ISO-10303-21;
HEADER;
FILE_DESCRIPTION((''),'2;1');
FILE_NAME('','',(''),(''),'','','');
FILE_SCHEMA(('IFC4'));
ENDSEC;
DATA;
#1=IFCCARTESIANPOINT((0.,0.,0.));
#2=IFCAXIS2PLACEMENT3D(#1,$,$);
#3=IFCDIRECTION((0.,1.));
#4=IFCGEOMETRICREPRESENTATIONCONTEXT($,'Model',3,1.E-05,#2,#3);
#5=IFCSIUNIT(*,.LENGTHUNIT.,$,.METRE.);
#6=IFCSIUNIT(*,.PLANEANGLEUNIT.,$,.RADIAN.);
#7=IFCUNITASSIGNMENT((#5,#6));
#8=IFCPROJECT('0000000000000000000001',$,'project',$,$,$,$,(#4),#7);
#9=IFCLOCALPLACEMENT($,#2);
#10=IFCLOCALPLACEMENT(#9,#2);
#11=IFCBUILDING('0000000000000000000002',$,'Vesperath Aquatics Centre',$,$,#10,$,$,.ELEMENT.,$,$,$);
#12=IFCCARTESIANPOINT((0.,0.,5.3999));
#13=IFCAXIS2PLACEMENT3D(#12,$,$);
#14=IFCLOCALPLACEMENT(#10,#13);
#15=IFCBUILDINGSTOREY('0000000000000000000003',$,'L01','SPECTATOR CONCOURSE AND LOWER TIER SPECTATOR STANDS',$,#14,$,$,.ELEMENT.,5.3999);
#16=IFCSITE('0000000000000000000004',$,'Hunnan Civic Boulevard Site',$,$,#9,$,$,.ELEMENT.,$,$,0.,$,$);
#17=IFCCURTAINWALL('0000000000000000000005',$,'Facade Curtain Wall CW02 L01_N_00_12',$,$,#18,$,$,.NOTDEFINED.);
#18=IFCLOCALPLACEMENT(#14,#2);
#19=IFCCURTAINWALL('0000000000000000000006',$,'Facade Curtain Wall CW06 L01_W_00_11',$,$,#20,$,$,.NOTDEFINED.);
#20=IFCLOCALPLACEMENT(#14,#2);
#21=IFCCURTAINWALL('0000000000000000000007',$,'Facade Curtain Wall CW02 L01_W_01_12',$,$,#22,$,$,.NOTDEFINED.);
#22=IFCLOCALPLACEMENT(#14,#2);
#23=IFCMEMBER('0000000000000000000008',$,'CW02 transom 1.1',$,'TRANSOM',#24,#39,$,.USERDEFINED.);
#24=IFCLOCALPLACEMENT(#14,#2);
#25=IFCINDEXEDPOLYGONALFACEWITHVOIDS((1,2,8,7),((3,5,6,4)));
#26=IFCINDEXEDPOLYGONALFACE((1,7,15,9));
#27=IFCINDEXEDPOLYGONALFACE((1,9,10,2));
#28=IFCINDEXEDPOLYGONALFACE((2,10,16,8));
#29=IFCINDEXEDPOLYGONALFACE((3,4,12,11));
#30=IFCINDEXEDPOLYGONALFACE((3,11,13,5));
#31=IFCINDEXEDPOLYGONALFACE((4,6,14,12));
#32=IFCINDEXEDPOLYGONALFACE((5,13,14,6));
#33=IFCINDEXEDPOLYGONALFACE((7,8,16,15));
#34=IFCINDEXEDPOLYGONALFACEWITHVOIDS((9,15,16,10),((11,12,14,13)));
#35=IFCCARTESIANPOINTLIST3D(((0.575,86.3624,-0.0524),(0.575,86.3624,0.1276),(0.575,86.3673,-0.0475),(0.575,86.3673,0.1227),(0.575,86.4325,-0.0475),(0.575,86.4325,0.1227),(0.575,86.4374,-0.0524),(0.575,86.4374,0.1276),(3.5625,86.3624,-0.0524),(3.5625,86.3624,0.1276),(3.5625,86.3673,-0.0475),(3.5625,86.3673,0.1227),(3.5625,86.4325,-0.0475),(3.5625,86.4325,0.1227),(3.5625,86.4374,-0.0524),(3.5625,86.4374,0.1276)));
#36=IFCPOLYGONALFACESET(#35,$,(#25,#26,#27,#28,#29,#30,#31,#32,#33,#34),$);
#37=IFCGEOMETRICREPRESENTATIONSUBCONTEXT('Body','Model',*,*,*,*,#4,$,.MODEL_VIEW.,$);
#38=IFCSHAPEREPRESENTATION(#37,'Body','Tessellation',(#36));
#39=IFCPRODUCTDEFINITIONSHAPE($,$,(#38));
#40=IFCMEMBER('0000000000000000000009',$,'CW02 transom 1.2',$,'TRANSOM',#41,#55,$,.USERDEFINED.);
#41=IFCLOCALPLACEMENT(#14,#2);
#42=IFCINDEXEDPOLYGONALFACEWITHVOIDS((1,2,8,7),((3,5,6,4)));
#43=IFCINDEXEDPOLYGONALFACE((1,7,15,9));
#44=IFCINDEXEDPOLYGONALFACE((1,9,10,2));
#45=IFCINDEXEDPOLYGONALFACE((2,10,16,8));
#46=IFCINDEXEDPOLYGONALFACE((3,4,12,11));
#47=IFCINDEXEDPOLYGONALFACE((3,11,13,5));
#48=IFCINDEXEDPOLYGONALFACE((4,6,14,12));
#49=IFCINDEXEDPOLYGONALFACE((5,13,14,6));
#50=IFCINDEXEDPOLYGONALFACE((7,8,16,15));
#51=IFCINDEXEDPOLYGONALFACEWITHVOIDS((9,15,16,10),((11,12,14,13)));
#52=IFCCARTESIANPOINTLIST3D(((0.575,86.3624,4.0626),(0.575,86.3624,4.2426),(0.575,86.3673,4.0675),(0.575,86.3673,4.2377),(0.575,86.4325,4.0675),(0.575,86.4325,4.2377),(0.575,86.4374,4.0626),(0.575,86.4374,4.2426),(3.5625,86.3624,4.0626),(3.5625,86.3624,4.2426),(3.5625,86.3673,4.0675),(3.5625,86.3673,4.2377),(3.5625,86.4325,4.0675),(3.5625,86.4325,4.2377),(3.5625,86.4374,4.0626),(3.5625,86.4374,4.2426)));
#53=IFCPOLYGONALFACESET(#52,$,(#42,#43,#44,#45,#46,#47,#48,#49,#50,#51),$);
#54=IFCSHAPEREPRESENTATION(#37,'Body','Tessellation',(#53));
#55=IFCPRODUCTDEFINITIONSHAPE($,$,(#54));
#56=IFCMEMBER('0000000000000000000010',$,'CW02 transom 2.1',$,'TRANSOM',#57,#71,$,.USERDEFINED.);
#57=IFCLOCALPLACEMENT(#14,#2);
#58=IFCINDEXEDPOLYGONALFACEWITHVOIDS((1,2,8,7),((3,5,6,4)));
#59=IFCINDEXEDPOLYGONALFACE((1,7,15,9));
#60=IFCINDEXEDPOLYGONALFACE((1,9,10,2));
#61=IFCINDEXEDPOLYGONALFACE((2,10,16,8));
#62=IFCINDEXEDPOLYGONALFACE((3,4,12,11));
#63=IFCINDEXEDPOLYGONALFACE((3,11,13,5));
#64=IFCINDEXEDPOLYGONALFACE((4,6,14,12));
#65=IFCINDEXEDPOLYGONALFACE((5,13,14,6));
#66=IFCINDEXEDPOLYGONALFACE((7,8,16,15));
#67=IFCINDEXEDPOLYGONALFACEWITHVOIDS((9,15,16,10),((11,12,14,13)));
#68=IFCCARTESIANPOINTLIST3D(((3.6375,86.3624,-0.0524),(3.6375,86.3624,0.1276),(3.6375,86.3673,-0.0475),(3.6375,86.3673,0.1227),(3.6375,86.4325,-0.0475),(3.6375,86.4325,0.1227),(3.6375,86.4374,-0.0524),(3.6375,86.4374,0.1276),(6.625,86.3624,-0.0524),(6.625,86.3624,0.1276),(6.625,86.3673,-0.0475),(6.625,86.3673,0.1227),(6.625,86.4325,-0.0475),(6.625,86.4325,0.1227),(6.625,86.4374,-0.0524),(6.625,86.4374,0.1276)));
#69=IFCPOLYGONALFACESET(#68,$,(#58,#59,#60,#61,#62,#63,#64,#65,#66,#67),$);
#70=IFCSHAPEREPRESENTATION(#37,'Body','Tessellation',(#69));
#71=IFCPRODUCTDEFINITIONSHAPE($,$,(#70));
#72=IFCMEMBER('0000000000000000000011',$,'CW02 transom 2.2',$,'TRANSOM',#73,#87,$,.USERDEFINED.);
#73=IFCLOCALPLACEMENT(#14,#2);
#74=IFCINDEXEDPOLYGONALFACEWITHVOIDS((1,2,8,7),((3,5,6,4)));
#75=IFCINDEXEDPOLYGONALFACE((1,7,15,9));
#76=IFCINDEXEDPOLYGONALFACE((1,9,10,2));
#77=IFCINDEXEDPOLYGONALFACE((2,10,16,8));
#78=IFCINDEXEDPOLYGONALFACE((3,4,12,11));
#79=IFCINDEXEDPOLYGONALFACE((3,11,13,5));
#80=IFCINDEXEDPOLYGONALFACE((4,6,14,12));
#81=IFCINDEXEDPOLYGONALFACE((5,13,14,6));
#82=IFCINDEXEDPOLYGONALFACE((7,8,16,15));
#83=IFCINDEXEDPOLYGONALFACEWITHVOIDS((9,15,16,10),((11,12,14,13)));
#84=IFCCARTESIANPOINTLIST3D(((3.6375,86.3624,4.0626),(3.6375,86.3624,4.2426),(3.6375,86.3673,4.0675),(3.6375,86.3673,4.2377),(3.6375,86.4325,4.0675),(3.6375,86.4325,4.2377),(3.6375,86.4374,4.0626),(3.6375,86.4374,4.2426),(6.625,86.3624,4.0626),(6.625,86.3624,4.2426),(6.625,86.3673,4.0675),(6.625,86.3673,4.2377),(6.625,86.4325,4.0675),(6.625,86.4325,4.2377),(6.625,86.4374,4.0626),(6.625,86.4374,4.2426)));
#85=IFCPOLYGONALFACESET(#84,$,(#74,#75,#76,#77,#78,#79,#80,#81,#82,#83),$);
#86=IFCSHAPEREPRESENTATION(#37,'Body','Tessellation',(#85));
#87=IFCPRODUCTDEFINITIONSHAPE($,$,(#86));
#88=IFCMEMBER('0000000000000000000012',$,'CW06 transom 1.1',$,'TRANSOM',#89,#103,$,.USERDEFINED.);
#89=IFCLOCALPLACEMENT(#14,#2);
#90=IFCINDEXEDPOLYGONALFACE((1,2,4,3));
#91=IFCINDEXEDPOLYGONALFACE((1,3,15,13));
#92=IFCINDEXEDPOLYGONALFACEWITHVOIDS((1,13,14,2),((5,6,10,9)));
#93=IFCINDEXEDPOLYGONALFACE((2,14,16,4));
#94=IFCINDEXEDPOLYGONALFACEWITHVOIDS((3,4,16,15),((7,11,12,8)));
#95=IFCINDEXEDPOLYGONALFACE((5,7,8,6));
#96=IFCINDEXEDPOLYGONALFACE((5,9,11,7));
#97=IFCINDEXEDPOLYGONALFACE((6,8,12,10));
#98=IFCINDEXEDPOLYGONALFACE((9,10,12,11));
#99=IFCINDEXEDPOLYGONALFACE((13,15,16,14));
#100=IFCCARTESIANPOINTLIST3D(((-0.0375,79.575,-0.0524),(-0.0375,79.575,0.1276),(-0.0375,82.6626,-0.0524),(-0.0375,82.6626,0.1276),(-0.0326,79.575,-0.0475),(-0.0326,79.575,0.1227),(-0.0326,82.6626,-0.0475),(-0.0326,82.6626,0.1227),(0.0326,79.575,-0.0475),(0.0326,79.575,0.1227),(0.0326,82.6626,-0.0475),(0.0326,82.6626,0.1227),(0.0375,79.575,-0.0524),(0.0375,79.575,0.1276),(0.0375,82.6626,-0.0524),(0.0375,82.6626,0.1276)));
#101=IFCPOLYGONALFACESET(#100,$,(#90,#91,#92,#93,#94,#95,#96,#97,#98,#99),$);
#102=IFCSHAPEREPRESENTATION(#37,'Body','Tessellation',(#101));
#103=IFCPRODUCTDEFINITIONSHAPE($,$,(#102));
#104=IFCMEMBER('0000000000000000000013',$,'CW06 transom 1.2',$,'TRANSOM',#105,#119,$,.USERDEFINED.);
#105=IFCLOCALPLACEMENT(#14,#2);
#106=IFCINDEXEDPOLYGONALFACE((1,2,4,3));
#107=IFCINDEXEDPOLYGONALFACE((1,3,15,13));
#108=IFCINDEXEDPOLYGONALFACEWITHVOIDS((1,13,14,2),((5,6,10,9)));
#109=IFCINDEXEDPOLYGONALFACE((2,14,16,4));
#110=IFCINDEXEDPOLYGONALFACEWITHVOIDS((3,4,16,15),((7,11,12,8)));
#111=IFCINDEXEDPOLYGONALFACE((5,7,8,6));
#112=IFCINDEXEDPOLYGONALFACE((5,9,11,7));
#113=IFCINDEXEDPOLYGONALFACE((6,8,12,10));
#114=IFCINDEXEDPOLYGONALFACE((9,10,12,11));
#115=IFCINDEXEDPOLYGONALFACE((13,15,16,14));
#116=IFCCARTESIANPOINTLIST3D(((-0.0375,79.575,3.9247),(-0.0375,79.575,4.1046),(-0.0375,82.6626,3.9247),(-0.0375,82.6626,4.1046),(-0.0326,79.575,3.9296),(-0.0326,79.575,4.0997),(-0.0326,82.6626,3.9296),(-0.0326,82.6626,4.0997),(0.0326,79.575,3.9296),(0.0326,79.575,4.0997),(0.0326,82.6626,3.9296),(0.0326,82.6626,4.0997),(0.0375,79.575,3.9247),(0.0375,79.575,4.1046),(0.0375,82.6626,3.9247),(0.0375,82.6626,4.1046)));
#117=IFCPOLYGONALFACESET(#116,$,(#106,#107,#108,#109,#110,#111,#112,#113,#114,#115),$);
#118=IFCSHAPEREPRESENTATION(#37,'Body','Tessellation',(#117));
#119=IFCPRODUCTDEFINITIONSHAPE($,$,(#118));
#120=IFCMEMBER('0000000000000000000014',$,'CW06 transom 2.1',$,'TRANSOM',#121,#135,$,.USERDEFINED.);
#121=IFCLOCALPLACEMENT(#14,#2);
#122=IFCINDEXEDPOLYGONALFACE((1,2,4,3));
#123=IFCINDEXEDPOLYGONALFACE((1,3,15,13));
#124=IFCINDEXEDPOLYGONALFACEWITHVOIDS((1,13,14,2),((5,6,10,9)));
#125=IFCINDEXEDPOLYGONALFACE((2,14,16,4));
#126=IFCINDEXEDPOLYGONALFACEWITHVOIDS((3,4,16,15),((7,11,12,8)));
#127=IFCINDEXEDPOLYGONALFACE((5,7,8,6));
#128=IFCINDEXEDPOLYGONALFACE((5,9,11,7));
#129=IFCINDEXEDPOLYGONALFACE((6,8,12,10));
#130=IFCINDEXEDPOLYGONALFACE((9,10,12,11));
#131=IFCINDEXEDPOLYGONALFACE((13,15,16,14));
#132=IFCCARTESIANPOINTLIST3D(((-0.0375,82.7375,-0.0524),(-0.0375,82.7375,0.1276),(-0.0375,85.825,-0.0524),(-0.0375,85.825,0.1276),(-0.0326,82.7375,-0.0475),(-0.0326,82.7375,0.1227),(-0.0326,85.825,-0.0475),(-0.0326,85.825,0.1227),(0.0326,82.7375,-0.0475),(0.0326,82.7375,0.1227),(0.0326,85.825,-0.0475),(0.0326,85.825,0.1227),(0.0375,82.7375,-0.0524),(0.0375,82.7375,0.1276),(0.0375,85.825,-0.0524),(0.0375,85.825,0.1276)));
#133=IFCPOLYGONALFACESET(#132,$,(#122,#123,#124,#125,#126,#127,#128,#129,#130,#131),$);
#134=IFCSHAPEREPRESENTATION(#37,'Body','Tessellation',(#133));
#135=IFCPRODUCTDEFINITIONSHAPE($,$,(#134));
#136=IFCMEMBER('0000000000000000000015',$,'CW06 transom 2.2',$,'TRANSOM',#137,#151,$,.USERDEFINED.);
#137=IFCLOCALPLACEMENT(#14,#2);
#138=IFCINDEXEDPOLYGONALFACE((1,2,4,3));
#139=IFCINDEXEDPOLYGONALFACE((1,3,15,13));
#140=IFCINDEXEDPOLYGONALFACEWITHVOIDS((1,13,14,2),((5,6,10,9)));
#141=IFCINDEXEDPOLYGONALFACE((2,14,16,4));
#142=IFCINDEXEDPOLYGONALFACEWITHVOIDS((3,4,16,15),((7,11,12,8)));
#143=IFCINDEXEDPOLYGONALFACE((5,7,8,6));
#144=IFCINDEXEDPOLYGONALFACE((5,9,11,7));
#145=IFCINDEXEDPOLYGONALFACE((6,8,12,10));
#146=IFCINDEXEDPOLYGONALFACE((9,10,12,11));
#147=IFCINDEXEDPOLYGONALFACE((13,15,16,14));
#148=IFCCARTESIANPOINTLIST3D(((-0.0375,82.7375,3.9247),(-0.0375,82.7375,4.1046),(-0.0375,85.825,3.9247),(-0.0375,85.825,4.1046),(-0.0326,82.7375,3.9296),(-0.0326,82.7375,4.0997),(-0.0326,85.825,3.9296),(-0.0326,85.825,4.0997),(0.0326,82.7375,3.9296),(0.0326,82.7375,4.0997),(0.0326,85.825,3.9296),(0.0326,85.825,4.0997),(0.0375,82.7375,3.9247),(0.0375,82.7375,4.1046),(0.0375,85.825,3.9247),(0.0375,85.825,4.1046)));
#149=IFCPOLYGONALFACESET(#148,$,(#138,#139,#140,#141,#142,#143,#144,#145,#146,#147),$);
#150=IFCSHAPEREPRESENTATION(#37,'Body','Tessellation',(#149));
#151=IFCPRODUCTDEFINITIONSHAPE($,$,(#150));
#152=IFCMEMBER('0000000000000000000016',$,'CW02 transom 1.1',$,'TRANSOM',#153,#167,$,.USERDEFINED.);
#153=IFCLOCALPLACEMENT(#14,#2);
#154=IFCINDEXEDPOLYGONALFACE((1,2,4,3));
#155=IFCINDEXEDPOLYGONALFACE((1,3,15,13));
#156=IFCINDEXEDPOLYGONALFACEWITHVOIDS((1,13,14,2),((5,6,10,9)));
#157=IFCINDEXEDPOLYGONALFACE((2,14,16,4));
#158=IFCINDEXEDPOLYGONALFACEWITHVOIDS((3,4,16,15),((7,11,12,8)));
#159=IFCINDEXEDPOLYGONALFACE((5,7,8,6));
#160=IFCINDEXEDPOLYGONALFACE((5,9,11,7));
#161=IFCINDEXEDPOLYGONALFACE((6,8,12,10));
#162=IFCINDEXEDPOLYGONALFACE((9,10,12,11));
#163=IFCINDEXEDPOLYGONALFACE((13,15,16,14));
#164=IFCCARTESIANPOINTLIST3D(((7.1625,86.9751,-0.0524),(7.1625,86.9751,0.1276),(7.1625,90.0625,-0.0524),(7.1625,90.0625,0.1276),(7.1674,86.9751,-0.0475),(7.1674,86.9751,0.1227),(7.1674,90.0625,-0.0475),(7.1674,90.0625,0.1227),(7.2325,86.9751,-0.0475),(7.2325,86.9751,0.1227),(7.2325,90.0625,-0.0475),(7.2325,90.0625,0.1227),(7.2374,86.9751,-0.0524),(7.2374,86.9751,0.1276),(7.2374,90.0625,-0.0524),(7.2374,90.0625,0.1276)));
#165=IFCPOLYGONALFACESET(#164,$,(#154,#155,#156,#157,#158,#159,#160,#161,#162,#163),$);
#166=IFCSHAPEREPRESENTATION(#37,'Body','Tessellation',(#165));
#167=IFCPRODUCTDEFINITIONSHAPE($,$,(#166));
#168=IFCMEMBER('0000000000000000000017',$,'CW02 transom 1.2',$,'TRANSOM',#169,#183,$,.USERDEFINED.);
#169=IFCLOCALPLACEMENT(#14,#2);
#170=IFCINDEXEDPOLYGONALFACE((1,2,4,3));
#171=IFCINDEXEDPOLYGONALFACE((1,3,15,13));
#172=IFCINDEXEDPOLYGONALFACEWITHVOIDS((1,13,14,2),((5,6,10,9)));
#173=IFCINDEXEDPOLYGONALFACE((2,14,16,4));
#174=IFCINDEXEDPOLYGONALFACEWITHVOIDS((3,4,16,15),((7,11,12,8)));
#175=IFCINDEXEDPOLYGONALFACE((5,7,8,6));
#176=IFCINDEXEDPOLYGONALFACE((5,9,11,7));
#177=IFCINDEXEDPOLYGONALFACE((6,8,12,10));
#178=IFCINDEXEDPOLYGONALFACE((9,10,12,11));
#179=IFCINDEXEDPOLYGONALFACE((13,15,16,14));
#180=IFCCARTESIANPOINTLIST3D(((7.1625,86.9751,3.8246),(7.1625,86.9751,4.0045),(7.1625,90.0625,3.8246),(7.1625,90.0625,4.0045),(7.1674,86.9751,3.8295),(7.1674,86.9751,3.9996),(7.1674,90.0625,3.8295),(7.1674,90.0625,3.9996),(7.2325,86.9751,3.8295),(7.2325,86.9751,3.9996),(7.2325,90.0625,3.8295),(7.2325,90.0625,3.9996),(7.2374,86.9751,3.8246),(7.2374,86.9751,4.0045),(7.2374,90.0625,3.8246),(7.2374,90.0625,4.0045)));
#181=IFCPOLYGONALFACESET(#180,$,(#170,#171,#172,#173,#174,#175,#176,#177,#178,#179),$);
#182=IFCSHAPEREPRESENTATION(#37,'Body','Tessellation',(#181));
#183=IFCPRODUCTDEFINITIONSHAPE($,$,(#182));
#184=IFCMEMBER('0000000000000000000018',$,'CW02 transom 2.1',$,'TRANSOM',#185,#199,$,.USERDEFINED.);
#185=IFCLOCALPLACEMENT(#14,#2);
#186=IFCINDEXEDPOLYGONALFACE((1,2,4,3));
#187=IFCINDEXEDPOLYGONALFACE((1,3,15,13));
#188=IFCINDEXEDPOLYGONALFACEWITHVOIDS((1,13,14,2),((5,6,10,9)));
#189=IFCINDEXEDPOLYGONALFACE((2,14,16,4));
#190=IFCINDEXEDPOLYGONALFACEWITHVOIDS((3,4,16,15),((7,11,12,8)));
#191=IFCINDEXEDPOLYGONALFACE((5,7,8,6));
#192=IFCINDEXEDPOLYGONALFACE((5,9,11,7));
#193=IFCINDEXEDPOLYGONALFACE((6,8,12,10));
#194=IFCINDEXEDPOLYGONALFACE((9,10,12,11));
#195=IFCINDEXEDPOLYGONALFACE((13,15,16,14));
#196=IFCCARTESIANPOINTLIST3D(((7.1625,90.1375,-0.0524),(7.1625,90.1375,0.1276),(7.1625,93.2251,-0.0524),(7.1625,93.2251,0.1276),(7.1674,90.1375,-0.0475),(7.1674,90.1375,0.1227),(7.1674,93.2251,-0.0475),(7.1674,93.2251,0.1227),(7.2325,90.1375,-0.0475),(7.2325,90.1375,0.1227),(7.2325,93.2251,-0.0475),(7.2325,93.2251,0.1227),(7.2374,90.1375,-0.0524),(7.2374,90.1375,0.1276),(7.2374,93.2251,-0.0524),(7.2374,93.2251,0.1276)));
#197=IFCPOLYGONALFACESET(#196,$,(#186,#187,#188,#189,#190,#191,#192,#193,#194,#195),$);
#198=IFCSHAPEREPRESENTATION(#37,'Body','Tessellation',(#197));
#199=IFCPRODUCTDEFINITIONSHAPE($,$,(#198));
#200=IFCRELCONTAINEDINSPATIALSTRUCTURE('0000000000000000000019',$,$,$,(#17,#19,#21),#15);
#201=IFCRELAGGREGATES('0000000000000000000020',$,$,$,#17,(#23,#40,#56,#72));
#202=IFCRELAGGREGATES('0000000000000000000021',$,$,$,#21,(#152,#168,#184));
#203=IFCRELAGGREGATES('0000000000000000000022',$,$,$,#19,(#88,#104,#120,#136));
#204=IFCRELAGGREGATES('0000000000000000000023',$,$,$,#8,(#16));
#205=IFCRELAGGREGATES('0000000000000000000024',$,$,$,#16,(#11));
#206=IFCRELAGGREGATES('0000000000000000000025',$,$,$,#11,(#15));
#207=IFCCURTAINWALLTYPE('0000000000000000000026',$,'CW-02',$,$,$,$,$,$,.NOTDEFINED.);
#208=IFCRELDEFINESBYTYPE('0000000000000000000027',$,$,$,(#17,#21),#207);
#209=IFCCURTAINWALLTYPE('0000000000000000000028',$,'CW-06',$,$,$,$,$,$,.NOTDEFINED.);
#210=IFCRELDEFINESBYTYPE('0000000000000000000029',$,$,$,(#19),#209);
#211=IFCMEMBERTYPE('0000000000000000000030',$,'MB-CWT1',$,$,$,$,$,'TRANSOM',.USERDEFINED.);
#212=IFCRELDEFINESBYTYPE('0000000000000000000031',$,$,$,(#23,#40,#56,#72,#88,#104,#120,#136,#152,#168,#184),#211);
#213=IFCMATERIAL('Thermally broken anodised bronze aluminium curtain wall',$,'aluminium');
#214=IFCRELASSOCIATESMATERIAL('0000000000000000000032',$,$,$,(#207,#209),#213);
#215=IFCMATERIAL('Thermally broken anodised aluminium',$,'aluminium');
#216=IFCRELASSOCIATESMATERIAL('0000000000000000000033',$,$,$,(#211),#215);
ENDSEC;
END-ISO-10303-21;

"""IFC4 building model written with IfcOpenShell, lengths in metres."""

from ifc_helpers import new_model, si_unit, direction, frame, origin, origin_2d, place, context, subcontext, project, spatial, hollow_rectangle, extrude, material, material_profile, profile_set, type_object, element, aggregate, save


model = new_model("IFC4")

# Units and contexts
model_context = context("Model", 3, precision=1e-05, world=origin(), true_north=direction((0.0, 1.0)))
body_context = subcontext(model_context, "Body", "Model", "MODEL_VIEW")
ifc_project = project(units=[si_unit("LENGTHUNIT", "METRE"), si_unit("PLANEANGLEUNIT", "RADIAN")], contexts=[model_context])

# Site, building, storey
site_placement = place(None, origin())
site = spatial("IfcSite", under=ifc_project, at=site_placement, Name="Hunnan Civic Boulevard Site", CompositionType="ELEMENT", RefElevation=0.0)
building_placement = place(site_placement, origin())
building = spatial("IfcBuilding", under=site, at=building_placement, Name="Vesperath Aquatics Centre", CompositionType="ELEMENT")
storey_placement = place(building_placement, frame((0.0, 0.0, 5.3999)))
storey = spatial("IfcBuildingStorey", under=building, at=storey_placement, Name="L01", Description="SPECTATOR CONCOURSE AND LOWER TIER SPECTATOR STANDS", CompositionType="ELEMENT", Elevation=5.3999)

# Curtain walls
ifc_material_1 = material(Name="Thermally broken anodised bronze aluminium curtain wall", Category="aluminium")
curtain_wall_type_1 = type_object("IfcCurtainWallType", Name="CW-02", PredefinedType="NOTDEFINED", material=ifc_material_1)
curtain_wall_1_placement = place(storey_placement, origin())
curtain_wall_1 = element("IfcCurtainWall", 1, at=curtain_wall_1_placement, inside=storey, type_object=curtain_wall_type_1, Name="Facade Curtain Wall CW02 L01_N_00_12", PredefinedType="NOTDEFINED")
ifc_material_2 = material(Name="Thermally broken anodised aluminium", Category="aluminium")
curtain_wall_type_2 = type_object("IfcCurtainWallType", Name="CW-06", PredefinedType="NOTDEFINED", material=ifc_material_1)
curtain_wall_2_placement = place(storey_placement, origin())
curtain_wall_2 = element("IfcCurtainWall", 2, at=curtain_wall_2_placement, inside=storey, type_object=curtain_wall_type_2, Name="Facade Curtain Wall CW06 L01_W_00_11", PredefinedType="NOTDEFINED")
curtain_wall_3_placement = place(storey_placement, origin())
curtain_wall_3 = element("IfcCurtainWall", 3, at=curtain_wall_3_placement, inside=storey, type_object=curtain_wall_type_1, Name="Facade Curtain Wall CW02 L01_W_01_12", PredefinedType="NOTDEFINED")

# Members
ifc_material_profile_1 = material_profile(ifc_material_2, hollow_rectangle(XDim=0.075, YDim=0.1799, WallThickness=0.0049, at=origin_2d()), Name="CWT 75x180x5")
ifc_profile_set_1 = profile_set([ifc_material_profile_1], Name="Thermally broken anodised aluminium")
member_type_1 = type_object("IfcMemberType", Name="MB-CWT1", ElementType="TRANSOM", PredefinedType="USERDEFINED", material=ifc_profile_set_1)
member_1_placement = place(storey_placement, frame((0.575, 86.3999, 0.0376), z_axis=(1.0, 0.0, 0.0), x_axis=(0.0, 1.0, 0.0)))
member_1 = element("IfcMember", 4, at=member_1_placement, type_object=member_type_1, Name="CW02 transom 1.1", ObjectType="TRANSOM", PredefinedType="USERDEFINED", context=body_context, shape_type="SweptSolid", body=[
    extrude(hollow_rectangle(XDim=0.075, YDim=0.1799, WallThickness=0.0049, at=origin_2d()), origin(), (0.0, 0.0, 1.0), 2.9875),
])
member_2_placement = place(storey_placement, frame((0.575, 86.3999, 4.1526), z_axis=(1.0, 0.0, 0.0), x_axis=(0.0, 1.0, 0.0)))
member_2 = element("IfcMember", 5, at=member_2_placement, type_object=member_type_1, Name="CW02 transom 1.2", ObjectType="TRANSOM", PredefinedType="USERDEFINED", context=body_context, shape_type="SweptSolid", body=[
    extrude(hollow_rectangle(XDim=0.075, YDim=0.1799, WallThickness=0.0049, at=origin_2d()), origin(), (0.0, 0.0, 1.0), 2.9875),
])
member_3_placement = place(storey_placement, frame((3.6375, 86.3999, 0.0376), z_axis=(1.0, 0.0, 0.0), x_axis=(0.0, 1.0, 0.0)))
member_3 = element("IfcMember", 6, at=member_3_placement, type_object=member_type_1, Name="CW02 transom 2.1", ObjectType="TRANSOM", PredefinedType="USERDEFINED", context=body_context, shape_type="SweptSolid", body=[
    extrude(hollow_rectangle(XDim=0.075, YDim=0.1799, WallThickness=0.0049, at=origin_2d()), origin(), (0.0, 0.0, 1.0), 2.9875),
])
member_4_placement = place(storey_placement, frame((3.6375, 86.3999, 4.1526), z_axis=(1.0, 0.0, 0.0), x_axis=(0.0, 1.0, 0.0)))
member_4 = element("IfcMember", 7, at=member_4_placement, type_object=member_type_1, Name="CW02 transom 2.2", ObjectType="TRANSOM", PredefinedType="USERDEFINED", context=body_context, shape_type="SweptSolid", body=[
    extrude(hollow_rectangle(XDim=0.075, YDim=0.1799, WallThickness=0.0049, at=origin_2d()), origin(), (0.0, 0.0, 1.0), 2.9875),
])
member_5_placement = place(storey_placement, frame((0.0, 79.575, 0.0376), z_axis=(0.0, 1.0, 0.0), x_axis=(-1.0, 0.0, 0.0)))
member_5 = element("IfcMember", 8, at=member_5_placement, type_object=member_type_1, Name="CW06 transom 1.1", ObjectType="TRANSOM", PredefinedType="USERDEFINED", context=body_context, shape_type="SweptSolid", body=[
    extrude(hollow_rectangle(XDim=0.075, YDim=0.1799, WallThickness=0.0049, at=origin_2d()), origin(), (0.0, 0.0, 1.0), 3.0876),
])
member_6_placement = place(storey_placement, frame((0.0, 79.575, 4.0146), z_axis=(0.0, 1.0, 0.0), x_axis=(-1.0, 0.0, 0.0)))
member_6 = element("IfcMember", 9, at=member_6_placement, type_object=member_type_1, Name="CW06 transom 1.2", ObjectType="TRANSOM", PredefinedType="USERDEFINED", context=body_context, shape_type="SweptSolid", body=[
    extrude(hollow_rectangle(XDim=0.075, YDim=0.1799, WallThickness=0.0049, at=origin_2d()), origin(), (0.0, 0.0, 1.0), 3.0876),
])
member_7_placement = place(storey_placement, frame((0.0, 82.7375, 0.0376), z_axis=(0.0, 1.0, 0.0), x_axis=(-1.0, 0.0, 0.0)))
member_7 = element("IfcMember", 10, at=member_7_placement, type_object=member_type_1, Name="CW06 transom 2.1", ObjectType="TRANSOM", PredefinedType="USERDEFINED", context=body_context, shape_type="SweptSolid", body=[
    extrude(hollow_rectangle(XDim=0.075, YDim=0.1799, WallThickness=0.0049, at=origin_2d()), origin(), (0.0, 0.0, 1.0), 3.0874),
])
member_8_placement = place(storey_placement, frame((0.0, 82.7375, 4.0146), z_axis=(0.0, 1.0, 0.0), x_axis=(-1.0, 0.0, 0.0)))
member_8 = element("IfcMember", 11, at=member_8_placement, type_object=member_type_1, Name="CW06 transom 2.2", ObjectType="TRANSOM", PredefinedType="USERDEFINED", context=body_context, shape_type="SweptSolid", body=[
    extrude(hollow_rectangle(XDim=0.075, YDim=0.1799, WallThickness=0.0049, at=origin_2d()), origin(), (0.0, 0.0, 1.0), 3.0874),
])
member_9_placement = place(storey_placement, frame((7.2, 86.9751, 0.0376), z_axis=(0.0, 1.0, 0.0), x_axis=(-1.0, 0.0, 0.0)))
member_9 = element("IfcMember", 12, at=member_9_placement, type_object=member_type_1, Name="CW02 transom 1.1", ObjectType="TRANSOM", PredefinedType="USERDEFINED", context=body_context, shape_type="SweptSolid", body=[
    extrude(hollow_rectangle(XDim=0.075, YDim=0.1799, WallThickness=0.0049, at=origin_2d()), origin(), (0.0, 0.0, 1.0), 3.0874),
])
member_10_placement = place(storey_placement, frame((7.2, 86.9751, 3.9146), z_axis=(0.0, 1.0, 0.0), x_axis=(-1.0, 0.0, 0.0)))
member_10 = element("IfcMember", 13, at=member_10_placement, type_object=member_type_1, Name="CW02 transom 1.2", ObjectType="TRANSOM", PredefinedType="USERDEFINED", context=body_context, shape_type="SweptSolid", body=[
    extrude(hollow_rectangle(XDim=0.075, YDim=0.1799, WallThickness=0.0049, at=origin_2d()), origin(), (0.0, 0.0, 1.0), 3.0874),
])
member_11_placement = place(storey_placement, frame((7.2, 90.1375, 0.0376), z_axis=(0.0, 1.0, 0.0), x_axis=(-1.0, 0.0, 0.0)))
member_11 = element("IfcMember", 14, at=member_11_placement, type_object=member_type_1, Name="CW02 transom 2.1", ObjectType="TRANSOM", PredefinedType="USERDEFINED", context=body_context, shape_type="SweptSolid", body=[
    extrude(hollow_rectangle(XDim=0.075, YDim=0.1799, WallThickness=0.0049, at=origin_2d()), origin(), (0.0, 0.0, 1.0), 3.0876),
])

aggregate(curtain_wall_1, [member_1, member_2, member_3, member_4])
aggregate(curtain_wall_3, [member_9, member_10, member_11])
aggregate(curtain_wall_2, [member_5, member_6, member_7, member_8])

save(model, "model.ifc")
